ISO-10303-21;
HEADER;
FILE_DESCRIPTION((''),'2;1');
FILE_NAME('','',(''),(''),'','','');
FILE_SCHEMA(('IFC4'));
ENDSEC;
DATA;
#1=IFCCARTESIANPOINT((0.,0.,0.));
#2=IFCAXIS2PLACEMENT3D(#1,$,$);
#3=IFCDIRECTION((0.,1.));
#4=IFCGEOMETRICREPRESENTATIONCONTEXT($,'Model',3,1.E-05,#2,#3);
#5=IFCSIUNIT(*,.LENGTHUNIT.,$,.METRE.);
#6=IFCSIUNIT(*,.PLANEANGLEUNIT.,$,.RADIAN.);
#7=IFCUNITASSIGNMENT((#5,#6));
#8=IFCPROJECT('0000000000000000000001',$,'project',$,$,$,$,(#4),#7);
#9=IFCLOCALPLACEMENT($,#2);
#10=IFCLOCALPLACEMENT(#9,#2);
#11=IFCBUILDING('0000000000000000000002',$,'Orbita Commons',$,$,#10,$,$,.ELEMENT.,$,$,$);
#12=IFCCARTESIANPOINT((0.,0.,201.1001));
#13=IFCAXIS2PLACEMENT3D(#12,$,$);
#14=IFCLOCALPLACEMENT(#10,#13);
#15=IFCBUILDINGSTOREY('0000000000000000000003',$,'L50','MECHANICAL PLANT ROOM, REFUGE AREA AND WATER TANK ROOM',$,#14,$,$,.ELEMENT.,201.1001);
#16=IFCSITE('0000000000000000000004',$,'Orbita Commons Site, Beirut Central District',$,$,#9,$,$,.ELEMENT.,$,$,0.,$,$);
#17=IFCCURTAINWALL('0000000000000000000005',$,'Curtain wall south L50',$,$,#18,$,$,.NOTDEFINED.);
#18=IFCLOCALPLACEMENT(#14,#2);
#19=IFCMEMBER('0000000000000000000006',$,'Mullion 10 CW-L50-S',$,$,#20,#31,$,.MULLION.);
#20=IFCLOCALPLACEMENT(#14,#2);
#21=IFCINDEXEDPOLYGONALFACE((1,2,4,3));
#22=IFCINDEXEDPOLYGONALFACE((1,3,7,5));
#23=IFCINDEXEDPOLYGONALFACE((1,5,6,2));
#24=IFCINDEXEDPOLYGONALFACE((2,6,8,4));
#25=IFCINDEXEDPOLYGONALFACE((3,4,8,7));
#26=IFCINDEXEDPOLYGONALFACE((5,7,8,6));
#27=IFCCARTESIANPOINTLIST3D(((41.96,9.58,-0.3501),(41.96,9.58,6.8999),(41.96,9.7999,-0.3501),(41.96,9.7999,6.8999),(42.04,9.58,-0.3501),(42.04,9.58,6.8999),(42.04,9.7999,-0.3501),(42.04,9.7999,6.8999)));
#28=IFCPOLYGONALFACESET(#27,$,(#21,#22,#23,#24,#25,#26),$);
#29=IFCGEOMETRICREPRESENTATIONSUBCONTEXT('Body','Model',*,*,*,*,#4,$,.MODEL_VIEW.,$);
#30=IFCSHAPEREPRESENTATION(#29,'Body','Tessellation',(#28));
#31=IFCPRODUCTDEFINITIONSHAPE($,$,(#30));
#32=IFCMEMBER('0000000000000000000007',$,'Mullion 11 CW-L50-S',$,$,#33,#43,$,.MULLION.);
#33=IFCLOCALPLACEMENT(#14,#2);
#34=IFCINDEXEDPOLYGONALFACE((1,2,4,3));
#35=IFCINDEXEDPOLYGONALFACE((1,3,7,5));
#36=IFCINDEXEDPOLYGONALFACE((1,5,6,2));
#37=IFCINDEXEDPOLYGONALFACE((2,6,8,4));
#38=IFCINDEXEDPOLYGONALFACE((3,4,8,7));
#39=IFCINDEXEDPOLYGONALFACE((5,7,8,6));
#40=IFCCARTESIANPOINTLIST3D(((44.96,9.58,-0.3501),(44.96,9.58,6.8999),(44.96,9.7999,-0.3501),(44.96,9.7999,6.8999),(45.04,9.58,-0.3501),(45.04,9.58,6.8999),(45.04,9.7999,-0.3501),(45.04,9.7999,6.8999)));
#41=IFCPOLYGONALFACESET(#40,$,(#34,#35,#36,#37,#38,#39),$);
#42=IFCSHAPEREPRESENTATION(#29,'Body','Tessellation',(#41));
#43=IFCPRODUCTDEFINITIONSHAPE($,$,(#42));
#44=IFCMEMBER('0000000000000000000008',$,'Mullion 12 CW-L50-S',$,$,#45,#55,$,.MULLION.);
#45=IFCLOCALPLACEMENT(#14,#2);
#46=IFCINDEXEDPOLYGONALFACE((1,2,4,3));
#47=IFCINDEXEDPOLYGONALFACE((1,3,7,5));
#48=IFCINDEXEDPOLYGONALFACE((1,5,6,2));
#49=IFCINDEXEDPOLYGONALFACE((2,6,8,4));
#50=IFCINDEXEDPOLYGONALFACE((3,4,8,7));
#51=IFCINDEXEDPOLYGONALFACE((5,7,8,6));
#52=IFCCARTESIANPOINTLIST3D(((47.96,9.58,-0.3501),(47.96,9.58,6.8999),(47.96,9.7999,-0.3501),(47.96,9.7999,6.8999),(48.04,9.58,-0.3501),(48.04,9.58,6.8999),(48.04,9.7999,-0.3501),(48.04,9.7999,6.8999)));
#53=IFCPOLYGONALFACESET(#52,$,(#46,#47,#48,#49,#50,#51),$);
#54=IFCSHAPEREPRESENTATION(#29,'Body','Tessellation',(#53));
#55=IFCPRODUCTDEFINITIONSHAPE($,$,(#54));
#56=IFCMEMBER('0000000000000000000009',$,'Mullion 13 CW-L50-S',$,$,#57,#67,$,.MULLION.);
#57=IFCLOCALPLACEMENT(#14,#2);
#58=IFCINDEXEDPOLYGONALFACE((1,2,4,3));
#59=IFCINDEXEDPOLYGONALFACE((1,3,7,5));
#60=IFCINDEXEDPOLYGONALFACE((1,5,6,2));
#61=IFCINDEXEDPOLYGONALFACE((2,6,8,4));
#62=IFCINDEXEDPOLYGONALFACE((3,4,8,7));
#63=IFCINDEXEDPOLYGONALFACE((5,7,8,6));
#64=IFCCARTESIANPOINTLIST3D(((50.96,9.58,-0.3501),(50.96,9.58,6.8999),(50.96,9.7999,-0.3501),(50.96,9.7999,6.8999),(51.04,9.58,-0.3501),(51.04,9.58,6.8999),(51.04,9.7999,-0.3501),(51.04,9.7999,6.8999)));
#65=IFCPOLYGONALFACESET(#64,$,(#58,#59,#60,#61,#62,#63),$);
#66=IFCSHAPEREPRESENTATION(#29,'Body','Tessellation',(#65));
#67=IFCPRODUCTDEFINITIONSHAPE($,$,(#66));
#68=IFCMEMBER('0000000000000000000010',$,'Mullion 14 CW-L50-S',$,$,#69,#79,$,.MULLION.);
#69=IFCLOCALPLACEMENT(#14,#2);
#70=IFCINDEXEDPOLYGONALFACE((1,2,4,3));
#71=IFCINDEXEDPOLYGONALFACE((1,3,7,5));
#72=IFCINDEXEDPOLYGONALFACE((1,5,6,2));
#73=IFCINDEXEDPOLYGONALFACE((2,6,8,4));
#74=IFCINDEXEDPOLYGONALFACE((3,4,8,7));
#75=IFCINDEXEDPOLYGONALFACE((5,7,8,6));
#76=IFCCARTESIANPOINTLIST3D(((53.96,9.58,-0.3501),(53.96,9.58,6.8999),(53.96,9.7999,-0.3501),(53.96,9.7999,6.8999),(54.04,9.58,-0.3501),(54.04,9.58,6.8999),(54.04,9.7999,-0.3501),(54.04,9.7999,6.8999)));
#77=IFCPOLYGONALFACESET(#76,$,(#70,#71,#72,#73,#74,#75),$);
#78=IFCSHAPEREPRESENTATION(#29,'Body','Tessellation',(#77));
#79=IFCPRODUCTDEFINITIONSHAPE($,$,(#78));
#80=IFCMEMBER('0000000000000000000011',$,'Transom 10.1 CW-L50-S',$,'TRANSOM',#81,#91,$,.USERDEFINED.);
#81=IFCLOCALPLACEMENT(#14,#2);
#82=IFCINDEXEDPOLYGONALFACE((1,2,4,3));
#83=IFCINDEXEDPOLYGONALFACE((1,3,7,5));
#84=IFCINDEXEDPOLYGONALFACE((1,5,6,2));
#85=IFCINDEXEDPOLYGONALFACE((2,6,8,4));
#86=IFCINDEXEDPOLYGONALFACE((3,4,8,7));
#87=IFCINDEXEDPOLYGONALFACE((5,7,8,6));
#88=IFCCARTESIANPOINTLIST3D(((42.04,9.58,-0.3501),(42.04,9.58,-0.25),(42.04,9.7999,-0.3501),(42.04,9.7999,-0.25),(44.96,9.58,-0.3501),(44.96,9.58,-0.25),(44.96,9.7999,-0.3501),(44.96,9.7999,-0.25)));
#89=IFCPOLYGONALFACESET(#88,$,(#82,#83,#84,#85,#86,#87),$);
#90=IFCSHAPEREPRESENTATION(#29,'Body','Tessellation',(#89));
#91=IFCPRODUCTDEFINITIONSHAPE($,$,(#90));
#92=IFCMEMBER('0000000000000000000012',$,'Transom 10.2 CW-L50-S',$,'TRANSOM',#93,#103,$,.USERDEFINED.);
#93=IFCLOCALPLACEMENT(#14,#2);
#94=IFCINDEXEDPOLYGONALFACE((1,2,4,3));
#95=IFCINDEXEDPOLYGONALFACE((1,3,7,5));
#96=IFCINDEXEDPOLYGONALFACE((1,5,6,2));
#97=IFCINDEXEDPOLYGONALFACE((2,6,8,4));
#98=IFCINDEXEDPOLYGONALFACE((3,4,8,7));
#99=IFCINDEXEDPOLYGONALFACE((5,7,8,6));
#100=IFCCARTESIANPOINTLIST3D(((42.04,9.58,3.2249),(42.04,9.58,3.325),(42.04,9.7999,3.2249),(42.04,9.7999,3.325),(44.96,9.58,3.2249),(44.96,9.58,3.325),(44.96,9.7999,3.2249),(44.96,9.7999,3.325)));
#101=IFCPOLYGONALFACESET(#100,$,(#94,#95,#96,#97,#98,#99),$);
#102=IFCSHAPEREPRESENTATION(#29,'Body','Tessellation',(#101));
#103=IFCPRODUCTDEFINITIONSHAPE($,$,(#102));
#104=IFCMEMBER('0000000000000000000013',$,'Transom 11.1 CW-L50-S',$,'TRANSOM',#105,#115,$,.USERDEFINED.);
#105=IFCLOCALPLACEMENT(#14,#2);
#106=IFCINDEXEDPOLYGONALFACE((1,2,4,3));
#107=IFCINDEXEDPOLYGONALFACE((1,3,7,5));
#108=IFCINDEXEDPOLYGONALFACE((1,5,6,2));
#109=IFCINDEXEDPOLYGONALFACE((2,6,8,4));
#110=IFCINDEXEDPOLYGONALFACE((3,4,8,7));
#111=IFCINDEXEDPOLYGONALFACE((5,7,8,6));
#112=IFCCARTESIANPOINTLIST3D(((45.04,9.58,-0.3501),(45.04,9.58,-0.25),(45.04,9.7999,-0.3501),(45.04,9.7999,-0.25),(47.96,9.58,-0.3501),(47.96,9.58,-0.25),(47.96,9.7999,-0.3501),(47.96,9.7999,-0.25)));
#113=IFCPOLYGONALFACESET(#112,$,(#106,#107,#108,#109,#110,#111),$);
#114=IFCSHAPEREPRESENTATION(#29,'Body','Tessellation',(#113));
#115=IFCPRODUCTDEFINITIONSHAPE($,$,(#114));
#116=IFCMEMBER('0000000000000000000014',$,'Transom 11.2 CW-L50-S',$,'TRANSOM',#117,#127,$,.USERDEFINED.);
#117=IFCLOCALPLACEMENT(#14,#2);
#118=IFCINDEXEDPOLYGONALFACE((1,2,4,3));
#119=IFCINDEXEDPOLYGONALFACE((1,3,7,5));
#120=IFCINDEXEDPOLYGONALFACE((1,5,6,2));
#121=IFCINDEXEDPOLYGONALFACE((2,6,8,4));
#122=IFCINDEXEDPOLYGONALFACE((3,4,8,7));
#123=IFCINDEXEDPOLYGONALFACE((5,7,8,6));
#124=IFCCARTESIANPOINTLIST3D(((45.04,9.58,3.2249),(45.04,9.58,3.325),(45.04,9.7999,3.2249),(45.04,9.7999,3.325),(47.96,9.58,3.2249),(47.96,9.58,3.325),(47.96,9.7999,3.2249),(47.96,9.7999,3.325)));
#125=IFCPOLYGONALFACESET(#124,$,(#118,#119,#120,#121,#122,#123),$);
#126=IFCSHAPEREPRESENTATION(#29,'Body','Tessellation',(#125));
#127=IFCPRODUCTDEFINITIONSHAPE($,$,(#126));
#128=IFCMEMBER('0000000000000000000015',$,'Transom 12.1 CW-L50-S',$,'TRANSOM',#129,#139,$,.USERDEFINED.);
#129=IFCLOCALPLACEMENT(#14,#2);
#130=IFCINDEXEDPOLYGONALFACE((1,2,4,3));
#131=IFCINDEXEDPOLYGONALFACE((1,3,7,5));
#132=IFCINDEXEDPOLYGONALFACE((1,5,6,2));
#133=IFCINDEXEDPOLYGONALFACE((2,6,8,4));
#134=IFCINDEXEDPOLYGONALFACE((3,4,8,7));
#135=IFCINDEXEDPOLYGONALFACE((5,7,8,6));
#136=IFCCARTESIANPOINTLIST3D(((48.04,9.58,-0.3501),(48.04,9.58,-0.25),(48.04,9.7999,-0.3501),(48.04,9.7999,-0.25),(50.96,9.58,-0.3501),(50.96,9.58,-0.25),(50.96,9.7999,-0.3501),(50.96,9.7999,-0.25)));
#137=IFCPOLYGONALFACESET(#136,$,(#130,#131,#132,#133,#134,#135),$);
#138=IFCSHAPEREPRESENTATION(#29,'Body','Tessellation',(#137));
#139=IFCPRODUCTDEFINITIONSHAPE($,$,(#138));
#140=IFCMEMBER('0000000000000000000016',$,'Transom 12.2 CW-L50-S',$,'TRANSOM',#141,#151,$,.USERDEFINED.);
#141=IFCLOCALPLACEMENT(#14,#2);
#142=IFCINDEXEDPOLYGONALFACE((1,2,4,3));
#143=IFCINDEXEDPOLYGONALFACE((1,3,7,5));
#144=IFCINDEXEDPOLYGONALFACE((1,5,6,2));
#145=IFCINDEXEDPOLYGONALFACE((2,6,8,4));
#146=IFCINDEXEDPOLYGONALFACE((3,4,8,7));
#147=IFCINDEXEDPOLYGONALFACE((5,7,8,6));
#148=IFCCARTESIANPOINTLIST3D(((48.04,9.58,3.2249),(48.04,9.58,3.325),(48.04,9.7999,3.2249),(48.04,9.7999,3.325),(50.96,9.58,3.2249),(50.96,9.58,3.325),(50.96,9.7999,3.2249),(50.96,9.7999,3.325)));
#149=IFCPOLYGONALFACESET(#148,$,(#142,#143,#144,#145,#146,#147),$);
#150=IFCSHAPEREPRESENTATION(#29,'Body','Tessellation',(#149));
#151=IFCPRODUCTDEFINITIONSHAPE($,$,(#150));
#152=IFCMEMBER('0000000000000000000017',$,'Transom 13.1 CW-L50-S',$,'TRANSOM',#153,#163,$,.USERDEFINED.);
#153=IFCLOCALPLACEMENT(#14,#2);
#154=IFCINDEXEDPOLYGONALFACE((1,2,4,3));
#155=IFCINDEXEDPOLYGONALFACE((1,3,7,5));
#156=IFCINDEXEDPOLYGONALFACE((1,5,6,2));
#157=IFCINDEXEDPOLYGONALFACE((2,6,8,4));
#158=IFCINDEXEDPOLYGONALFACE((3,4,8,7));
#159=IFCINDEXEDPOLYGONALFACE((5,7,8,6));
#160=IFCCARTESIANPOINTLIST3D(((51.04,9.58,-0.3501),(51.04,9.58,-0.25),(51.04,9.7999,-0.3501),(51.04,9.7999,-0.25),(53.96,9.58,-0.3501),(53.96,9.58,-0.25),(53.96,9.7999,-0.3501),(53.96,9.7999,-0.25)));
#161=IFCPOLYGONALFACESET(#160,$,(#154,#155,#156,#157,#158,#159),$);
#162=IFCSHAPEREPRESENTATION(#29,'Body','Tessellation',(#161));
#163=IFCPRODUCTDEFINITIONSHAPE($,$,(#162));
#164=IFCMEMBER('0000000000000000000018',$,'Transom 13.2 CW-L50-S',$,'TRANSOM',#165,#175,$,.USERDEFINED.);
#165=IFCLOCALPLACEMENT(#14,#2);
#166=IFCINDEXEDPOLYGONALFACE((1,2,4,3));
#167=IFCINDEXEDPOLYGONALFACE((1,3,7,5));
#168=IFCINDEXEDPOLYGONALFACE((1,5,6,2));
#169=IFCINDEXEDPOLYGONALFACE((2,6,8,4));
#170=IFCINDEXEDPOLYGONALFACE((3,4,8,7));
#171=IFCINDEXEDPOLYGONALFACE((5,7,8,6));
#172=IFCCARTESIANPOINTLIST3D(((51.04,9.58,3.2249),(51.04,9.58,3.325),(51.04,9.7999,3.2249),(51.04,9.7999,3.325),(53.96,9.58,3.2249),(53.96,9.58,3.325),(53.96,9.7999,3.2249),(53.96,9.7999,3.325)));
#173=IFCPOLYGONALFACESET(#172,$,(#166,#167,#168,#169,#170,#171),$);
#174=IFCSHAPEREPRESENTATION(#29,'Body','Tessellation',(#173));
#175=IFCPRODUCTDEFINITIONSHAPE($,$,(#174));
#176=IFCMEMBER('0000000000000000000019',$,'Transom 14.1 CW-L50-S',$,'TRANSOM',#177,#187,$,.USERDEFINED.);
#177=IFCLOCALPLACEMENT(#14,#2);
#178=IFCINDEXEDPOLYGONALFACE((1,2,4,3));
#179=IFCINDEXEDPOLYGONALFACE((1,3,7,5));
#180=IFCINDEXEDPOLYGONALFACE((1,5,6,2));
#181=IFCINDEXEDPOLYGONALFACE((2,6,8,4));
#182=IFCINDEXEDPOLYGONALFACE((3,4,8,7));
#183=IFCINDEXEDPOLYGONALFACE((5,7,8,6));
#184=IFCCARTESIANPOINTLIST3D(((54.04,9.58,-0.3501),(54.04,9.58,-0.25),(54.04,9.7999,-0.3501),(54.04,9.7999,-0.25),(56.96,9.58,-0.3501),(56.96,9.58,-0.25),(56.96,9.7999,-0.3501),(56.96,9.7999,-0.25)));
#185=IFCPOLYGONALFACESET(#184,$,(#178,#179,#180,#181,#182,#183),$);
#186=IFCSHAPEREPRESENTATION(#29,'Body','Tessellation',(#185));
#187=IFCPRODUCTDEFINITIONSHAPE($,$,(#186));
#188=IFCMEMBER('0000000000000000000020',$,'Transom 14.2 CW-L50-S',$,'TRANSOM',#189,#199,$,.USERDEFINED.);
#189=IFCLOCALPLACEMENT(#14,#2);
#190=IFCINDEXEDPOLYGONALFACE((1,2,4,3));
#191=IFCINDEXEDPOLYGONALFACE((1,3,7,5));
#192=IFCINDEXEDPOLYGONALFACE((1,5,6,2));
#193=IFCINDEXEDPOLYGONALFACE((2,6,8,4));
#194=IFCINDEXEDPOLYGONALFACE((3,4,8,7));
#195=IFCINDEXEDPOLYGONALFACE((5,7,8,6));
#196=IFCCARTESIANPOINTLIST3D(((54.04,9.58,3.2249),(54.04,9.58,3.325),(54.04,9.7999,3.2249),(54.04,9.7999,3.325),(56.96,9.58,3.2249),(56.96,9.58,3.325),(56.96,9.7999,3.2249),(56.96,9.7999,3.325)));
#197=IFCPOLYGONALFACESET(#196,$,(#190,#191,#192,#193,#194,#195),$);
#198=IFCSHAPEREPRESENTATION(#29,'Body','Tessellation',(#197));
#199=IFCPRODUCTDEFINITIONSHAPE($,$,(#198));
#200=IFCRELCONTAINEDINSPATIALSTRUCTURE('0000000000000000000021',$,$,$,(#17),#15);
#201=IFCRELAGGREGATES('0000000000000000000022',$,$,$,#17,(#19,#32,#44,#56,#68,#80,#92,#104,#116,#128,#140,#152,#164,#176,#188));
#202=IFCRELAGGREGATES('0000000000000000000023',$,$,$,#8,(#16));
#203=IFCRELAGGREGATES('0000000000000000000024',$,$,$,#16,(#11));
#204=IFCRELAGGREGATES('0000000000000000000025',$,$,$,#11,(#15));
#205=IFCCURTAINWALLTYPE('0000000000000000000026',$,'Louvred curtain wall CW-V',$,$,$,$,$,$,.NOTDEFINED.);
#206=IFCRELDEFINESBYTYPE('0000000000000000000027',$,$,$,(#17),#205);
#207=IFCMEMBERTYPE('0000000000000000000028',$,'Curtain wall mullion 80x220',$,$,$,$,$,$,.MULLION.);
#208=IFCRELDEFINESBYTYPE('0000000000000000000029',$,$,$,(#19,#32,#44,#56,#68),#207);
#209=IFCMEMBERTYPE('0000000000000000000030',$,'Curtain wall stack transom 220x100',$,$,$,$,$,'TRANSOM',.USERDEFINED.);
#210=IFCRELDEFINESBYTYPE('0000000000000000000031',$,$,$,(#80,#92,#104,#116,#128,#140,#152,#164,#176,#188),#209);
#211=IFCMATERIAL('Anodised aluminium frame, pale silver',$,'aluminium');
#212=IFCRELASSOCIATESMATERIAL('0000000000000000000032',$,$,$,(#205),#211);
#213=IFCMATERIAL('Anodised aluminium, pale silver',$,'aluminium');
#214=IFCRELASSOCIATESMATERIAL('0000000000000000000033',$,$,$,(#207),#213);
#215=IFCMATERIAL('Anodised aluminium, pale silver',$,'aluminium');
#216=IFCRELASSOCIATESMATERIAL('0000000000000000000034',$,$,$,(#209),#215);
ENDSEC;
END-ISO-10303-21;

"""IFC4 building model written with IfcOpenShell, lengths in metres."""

from ifc_helpers import new_model, si_unit, direction, frame, origin, origin_2d, place, context, subcontext, project, spatial, rectangle, extrude, material, material_profile, profile_set, type_object, element, aggregate, save


model = new_model("IFC4")

# Units and contexts
model_context = context("Model", 3, precision=1e-05, world=origin(), true_north=direction((0.0, 1.0)))
body_context = subcontext(model_context, "Body", "Model", "MODEL_VIEW")
ifc_project = project(units=[si_unit("LENGTHUNIT", "METRE"), si_unit("PLANEANGLEUNIT", "RADIAN")], contexts=[model_context])

# Site, building, storey
site_placement = place(None, origin())
site = spatial("IfcSite", under=ifc_project, at=site_placement, Name="Orbita Commons Site, Beirut Central District", CompositionType="ELEMENT", RefElevation=0.0)
building_placement = place(site_placement, origin())
building = spatial("IfcBuilding", under=site, at=building_placement, Name="Orbita Commons", CompositionType="ELEMENT")
storey_placement = place(building_placement, frame((0.0, 0.0, 201.1001)))
storey = spatial("IfcBuildingStorey", under=building, at=storey_placement, Name="L50", Description="MECHANICAL PLANT ROOM, REFUGE AREA AND WATER TANK ROOM", CompositionType="ELEMENT", Elevation=201.1001)

# Curtain wall, members
ifc_material_1 = material(Name="Anodised aluminium frame, pale silver", Category="aluminium")
curtain_wall_type = type_object("IfcCurtainWallType", Name="Louvred curtain wall CW-V", PredefinedType="NOTDEFINED", material=ifc_material_1)
curtain_wall_placement = place(storey_placement, origin())
curtain_wall = element("IfcCurtainWall", 1, at=curtain_wall_placement, inside=storey, type_object=curtain_wall_type, Name="Curtain wall south L50", PredefinedType="NOTDEFINED")
ifc_material_2 = material(Name="Anodised aluminium, pale silver", Category="aluminium")
ifc_material_profile_1 = material_profile(ifc_material_2, rectangle(XDim=0.0801, YDim=0.22, at=origin_2d()), Name="AL 80x220")
ifc_profile_set_1 = profile_set([ifc_material_profile_1], Name="Anodised aluminium, pale silver")
member_type_1 = type_object("IfcMemberType", Name="Curtain wall mullion 80x220", PredefinedType="MULLION", material=ifc_profile_set_1)
member_1_placement = place(storey_placement, frame((42.0, 9.6899, -0.3501), z_axis=(0.0, 0.0, 1.0), x_axis=(1.0, 0.0, 0.0)))
member_1 = element("IfcMember", 2, at=member_1_placement, type_object=member_type_1, Name="Mullion 10 CW-L50-S", PredefinedType="MULLION", context=body_context, shape_type="SweptSolid", body=[
    extrude(rectangle(XDim=0.0801, YDim=0.22, at=origin_2d()), origin(), (0.0, 0.0, 1.0), 7.25),
])
member_2_placement = place(storey_placement, frame((45.0, 9.6899, -0.3501), z_axis=(0.0, 0.0, 1.0), x_axis=(1.0, 0.0, 0.0)))
member_2 = element("IfcMember", 3, at=member_2_placement, type_object=member_type_1, Name="Mullion 11 CW-L50-S", PredefinedType="MULLION", context=body_context, shape_type="SweptSolid", body=[
    extrude(rectangle(XDim=0.0801, YDim=0.22, at=origin_2d()), origin(), (0.0, 0.0, 1.0), 7.25),
])
member_3_placement = place(storey_placement, frame((48.0, 9.6899, -0.3501), z_axis=(0.0, 0.0, 1.0), x_axis=(1.0, 0.0, 0.0)))
member_3 = element("IfcMember", 4, at=member_3_placement, type_object=member_type_1, Name="Mullion 12 CW-L50-S", PredefinedType="MULLION", context=body_context, shape_type="SweptSolid", body=[
    extrude(rectangle(XDim=0.0801, YDim=0.22, at=origin_2d()), origin(), (0.0, 0.0, 1.0), 7.25),
])
member_4_placement = place(storey_placement, frame((51.0, 9.6899, -0.3501), z_axis=(0.0, 0.0, 1.0), x_axis=(1.0, 0.0, 0.0)))
member_4 = element("IfcMember", 5, at=member_4_placement, type_object=member_type_1, Name="Mullion 13 CW-L50-S", PredefinedType="MULLION", context=body_context, shape_type="SweptSolid", body=[
    extrude(rectangle(XDim=0.0801, YDim=0.22, at=origin_2d()), origin(), (0.0, 0.0, 1.0), 7.25),
])
member_5_placement = place(storey_placement, frame((54.0, 9.6899, -0.3501), z_axis=(0.0, 0.0, 1.0), x_axis=(1.0, 0.0, 0.0)))
member_5 = element("IfcMember", 6, at=member_5_placement, type_object=member_type_1, Name="Mullion 14 CW-L50-S", PredefinedType="MULLION", context=body_context, shape_type="SweptSolid", body=[
    extrude(rectangle(XDim=0.0801, YDim=0.22, at=origin_2d()), origin(), (0.0, 0.0, 1.0), 7.25),
])
ifc_material_3 = material(Name="Anodised aluminium, pale silver", Category="aluminium")
ifc_material_profile_2 = material_profile(ifc_material_3, rectangle(XDim=0.22, YDim=0.1001, at=origin_2d()), Name="AL 220x100")
ifc_profile_set_2 = profile_set([ifc_material_profile_2], Name="Anodised aluminium, pale silver")
member_type_2 = type_object("IfcMemberType", Name="Curtain wall stack transom 220x100", ElementType="TRANSOM", PredefinedType="USERDEFINED", material=ifc_profile_set_2)
member_6_placement = place(storey_placement, frame((42.04, 9.6899, -0.3), z_axis=(1.0, 0.0, 0.0), x_axis=(0.0, 1.0, 0.0)))
member_6 = element("IfcMember", 7, at=member_6_placement, type_object=member_type_2, Name="Transom 10.1 CW-L50-S", ObjectType="TRANSOM", PredefinedType="USERDEFINED", context=body_context, shape_type="SweptSolid", body=[
    extrude(rectangle(XDim=0.22, YDim=0.1001, at=origin_2d()), origin(), (0.0, 0.0, 1.0), 2.9199),
])
member_7_placement = place(storey_placement, frame((42.04, 9.6899, 3.2749), z_axis=(1.0, 0.0, 0.0), x_axis=(0.0, 1.0, 0.0)))
member_7 = element("IfcMember", 8, at=member_7_placement, type_object=member_type_2, Name="Transom 10.2 CW-L50-S", ObjectType="TRANSOM", PredefinedType="USERDEFINED", context=body_context, shape_type="SweptSolid", body=[
    extrude(rectangle(XDim=0.22, YDim=0.1001, at=origin_2d()), origin(), (0.0, 0.0, 1.0), 2.9199),
])
member_8_placement = place(storey_placement, frame((45.04, 9.6899, -0.3), z_axis=(1.0, 0.0, 0.0), x_axis=(0.0, 1.0, 0.0)))
member_8 = element("IfcMember", 9, at=member_8_placement, type_object=member_type_2, Name="Transom 11.1 CW-L50-S", ObjectType="TRANSOM", PredefinedType="USERDEFINED", context=body_context, shape_type="SweptSolid", body=[
    extrude(rectangle(XDim=0.22, YDim=0.1001, at=origin_2d()), origin(), (0.0, 0.0, 1.0), 2.9199),
])
member_9_placement = place(storey_placement, frame((45.04, 9.6899, 3.2749), z_axis=(1.0, 0.0, 0.0), x_axis=(0.0, 1.0, 0.0)))
member_9 = element("IfcMember", 10, at=member_9_placement, type_object=member_type_2, Name="Transom 11.2 CW-L50-S", ObjectType="TRANSOM", PredefinedType="USERDEFINED", context=body_context, shape_type="SweptSolid", body=[
    extrude(rectangle(XDim=0.22, YDim=0.1001, at=origin_2d()), origin(), (0.0, 0.0, 1.0), 2.9199),
])
member_10_placement = place(storey_placement, frame((48.04, 9.6899, -0.3), z_axis=(1.0, 0.0, 0.0), x_axis=(0.0, 1.0, 0.0)))
member_10 = element("IfcMember", 11, at=member_10_placement, type_object=member_type_2, Name="Transom 12.1 CW-L50-S", ObjectType="TRANSOM", PredefinedType="USERDEFINED", context=body_context, shape_type="SweptSolid", body=[
    extrude(rectangle(XDim=0.22, YDim=0.1001, at=origin_2d()), origin(), (0.0, 0.0, 1.0), 2.9199),
])
member_11_placement = place(storey_placement, frame((48.04, 9.6899, 3.2749), z_axis=(1.0, 0.0, 0.0), x_axis=(0.0, 1.0, 0.0)))
member_11 = element("IfcMember", 12, at=member_11_placement, type_object=member_type_2, Name="Transom 12.2 CW-L50-S", ObjectType="TRANSOM", PredefinedType="USERDEFINED", context=body_context, shape_type="SweptSolid", body=[
    extrude(rectangle(XDim=0.22, YDim=0.1001, at=origin_2d()), origin(), (0.0, 0.0, 1.0), 2.9199),
])
member_12_placement = place(storey_placement, frame((51.04, 9.6899, -0.3), z_axis=(1.0, 0.0, 0.0), x_axis=(0.0, 1.0, 0.0)))
member_12 = element("IfcMember", 13, at=member_12_placement, type_object=member_type_2, Name="Transom 13.1 CW-L50-S", ObjectType="TRANSOM", PredefinedType="USERDEFINED", context=body_context, shape_type="SweptSolid", body=[
    extrude(rectangle(XDim=0.22, YDim=0.1001, at=origin_2d()), origin(), (0.0, 0.0, 1.0), 2.9199),
])
member_13_placement = place(storey_placement, frame((51.04, 9.6899, 3.2749), z_axis=(1.0, 0.0, 0.0), x_axis=(0.0, 1.0, 0.0)))
member_13 = element("IfcMember", 14, at=member_13_placement, type_object=member_type_2, Name="Transom 13.2 CW-L50-S", ObjectType="TRANSOM", PredefinedType="USERDEFINED", context=body_context, shape_type="SweptSolid", body=[
    extrude(rectangle(XDim=0.22, YDim=0.1001, at=origin_2d()), origin(), (0.0, 0.0, 1.0), 2.9199),
])
member_14_placement = place(storey_placement, frame((54.04, 9.6899, -0.3), z_axis=(1.0, 0.0, 0.0), x_axis=(0.0, 1.0, 0.0)))
member_14 = element("IfcMember", 15, at=member_14_placement, type_object=member_type_2, Name="Transom 14.1 CW-L50-S", ObjectType="TRANSOM", PredefinedType="USERDEFINED", context=body_context, shape_type="SweptSolid", body=[
    extrude(rectangle(XDim=0.22, YDim=0.1001, at=origin_2d()), origin(), (0.0, 0.0, 1.0), 2.9199),
])
member_15_placement = place(storey_placement, frame((54.04, 9.6899, 3.2749), z_axis=(1.0, 0.0, 0.0), x_axis=(0.0, 1.0, 0.0)))
member_15 = element("IfcMember", 16, at=member_15_placement, type_object=member_type_2, Name="Transom 14.2 CW-L50-S", ObjectType="TRANSOM", PredefinedType="USERDEFINED", context=body_context, shape_type="SweptSolid", body=[
    extrude(rectangle(XDim=0.22, YDim=0.1001, at=origin_2d()), origin(), (0.0, 0.0, 1.0), 2.9199),
])
aggregate(curtain_wall, [member_1, member_2, member_3, member_4, member_5, member_6, member_7, member_8, member_9, member_10, member_11, member_12, member_13, member_14, member_15])

save(model, "model.ifc")
